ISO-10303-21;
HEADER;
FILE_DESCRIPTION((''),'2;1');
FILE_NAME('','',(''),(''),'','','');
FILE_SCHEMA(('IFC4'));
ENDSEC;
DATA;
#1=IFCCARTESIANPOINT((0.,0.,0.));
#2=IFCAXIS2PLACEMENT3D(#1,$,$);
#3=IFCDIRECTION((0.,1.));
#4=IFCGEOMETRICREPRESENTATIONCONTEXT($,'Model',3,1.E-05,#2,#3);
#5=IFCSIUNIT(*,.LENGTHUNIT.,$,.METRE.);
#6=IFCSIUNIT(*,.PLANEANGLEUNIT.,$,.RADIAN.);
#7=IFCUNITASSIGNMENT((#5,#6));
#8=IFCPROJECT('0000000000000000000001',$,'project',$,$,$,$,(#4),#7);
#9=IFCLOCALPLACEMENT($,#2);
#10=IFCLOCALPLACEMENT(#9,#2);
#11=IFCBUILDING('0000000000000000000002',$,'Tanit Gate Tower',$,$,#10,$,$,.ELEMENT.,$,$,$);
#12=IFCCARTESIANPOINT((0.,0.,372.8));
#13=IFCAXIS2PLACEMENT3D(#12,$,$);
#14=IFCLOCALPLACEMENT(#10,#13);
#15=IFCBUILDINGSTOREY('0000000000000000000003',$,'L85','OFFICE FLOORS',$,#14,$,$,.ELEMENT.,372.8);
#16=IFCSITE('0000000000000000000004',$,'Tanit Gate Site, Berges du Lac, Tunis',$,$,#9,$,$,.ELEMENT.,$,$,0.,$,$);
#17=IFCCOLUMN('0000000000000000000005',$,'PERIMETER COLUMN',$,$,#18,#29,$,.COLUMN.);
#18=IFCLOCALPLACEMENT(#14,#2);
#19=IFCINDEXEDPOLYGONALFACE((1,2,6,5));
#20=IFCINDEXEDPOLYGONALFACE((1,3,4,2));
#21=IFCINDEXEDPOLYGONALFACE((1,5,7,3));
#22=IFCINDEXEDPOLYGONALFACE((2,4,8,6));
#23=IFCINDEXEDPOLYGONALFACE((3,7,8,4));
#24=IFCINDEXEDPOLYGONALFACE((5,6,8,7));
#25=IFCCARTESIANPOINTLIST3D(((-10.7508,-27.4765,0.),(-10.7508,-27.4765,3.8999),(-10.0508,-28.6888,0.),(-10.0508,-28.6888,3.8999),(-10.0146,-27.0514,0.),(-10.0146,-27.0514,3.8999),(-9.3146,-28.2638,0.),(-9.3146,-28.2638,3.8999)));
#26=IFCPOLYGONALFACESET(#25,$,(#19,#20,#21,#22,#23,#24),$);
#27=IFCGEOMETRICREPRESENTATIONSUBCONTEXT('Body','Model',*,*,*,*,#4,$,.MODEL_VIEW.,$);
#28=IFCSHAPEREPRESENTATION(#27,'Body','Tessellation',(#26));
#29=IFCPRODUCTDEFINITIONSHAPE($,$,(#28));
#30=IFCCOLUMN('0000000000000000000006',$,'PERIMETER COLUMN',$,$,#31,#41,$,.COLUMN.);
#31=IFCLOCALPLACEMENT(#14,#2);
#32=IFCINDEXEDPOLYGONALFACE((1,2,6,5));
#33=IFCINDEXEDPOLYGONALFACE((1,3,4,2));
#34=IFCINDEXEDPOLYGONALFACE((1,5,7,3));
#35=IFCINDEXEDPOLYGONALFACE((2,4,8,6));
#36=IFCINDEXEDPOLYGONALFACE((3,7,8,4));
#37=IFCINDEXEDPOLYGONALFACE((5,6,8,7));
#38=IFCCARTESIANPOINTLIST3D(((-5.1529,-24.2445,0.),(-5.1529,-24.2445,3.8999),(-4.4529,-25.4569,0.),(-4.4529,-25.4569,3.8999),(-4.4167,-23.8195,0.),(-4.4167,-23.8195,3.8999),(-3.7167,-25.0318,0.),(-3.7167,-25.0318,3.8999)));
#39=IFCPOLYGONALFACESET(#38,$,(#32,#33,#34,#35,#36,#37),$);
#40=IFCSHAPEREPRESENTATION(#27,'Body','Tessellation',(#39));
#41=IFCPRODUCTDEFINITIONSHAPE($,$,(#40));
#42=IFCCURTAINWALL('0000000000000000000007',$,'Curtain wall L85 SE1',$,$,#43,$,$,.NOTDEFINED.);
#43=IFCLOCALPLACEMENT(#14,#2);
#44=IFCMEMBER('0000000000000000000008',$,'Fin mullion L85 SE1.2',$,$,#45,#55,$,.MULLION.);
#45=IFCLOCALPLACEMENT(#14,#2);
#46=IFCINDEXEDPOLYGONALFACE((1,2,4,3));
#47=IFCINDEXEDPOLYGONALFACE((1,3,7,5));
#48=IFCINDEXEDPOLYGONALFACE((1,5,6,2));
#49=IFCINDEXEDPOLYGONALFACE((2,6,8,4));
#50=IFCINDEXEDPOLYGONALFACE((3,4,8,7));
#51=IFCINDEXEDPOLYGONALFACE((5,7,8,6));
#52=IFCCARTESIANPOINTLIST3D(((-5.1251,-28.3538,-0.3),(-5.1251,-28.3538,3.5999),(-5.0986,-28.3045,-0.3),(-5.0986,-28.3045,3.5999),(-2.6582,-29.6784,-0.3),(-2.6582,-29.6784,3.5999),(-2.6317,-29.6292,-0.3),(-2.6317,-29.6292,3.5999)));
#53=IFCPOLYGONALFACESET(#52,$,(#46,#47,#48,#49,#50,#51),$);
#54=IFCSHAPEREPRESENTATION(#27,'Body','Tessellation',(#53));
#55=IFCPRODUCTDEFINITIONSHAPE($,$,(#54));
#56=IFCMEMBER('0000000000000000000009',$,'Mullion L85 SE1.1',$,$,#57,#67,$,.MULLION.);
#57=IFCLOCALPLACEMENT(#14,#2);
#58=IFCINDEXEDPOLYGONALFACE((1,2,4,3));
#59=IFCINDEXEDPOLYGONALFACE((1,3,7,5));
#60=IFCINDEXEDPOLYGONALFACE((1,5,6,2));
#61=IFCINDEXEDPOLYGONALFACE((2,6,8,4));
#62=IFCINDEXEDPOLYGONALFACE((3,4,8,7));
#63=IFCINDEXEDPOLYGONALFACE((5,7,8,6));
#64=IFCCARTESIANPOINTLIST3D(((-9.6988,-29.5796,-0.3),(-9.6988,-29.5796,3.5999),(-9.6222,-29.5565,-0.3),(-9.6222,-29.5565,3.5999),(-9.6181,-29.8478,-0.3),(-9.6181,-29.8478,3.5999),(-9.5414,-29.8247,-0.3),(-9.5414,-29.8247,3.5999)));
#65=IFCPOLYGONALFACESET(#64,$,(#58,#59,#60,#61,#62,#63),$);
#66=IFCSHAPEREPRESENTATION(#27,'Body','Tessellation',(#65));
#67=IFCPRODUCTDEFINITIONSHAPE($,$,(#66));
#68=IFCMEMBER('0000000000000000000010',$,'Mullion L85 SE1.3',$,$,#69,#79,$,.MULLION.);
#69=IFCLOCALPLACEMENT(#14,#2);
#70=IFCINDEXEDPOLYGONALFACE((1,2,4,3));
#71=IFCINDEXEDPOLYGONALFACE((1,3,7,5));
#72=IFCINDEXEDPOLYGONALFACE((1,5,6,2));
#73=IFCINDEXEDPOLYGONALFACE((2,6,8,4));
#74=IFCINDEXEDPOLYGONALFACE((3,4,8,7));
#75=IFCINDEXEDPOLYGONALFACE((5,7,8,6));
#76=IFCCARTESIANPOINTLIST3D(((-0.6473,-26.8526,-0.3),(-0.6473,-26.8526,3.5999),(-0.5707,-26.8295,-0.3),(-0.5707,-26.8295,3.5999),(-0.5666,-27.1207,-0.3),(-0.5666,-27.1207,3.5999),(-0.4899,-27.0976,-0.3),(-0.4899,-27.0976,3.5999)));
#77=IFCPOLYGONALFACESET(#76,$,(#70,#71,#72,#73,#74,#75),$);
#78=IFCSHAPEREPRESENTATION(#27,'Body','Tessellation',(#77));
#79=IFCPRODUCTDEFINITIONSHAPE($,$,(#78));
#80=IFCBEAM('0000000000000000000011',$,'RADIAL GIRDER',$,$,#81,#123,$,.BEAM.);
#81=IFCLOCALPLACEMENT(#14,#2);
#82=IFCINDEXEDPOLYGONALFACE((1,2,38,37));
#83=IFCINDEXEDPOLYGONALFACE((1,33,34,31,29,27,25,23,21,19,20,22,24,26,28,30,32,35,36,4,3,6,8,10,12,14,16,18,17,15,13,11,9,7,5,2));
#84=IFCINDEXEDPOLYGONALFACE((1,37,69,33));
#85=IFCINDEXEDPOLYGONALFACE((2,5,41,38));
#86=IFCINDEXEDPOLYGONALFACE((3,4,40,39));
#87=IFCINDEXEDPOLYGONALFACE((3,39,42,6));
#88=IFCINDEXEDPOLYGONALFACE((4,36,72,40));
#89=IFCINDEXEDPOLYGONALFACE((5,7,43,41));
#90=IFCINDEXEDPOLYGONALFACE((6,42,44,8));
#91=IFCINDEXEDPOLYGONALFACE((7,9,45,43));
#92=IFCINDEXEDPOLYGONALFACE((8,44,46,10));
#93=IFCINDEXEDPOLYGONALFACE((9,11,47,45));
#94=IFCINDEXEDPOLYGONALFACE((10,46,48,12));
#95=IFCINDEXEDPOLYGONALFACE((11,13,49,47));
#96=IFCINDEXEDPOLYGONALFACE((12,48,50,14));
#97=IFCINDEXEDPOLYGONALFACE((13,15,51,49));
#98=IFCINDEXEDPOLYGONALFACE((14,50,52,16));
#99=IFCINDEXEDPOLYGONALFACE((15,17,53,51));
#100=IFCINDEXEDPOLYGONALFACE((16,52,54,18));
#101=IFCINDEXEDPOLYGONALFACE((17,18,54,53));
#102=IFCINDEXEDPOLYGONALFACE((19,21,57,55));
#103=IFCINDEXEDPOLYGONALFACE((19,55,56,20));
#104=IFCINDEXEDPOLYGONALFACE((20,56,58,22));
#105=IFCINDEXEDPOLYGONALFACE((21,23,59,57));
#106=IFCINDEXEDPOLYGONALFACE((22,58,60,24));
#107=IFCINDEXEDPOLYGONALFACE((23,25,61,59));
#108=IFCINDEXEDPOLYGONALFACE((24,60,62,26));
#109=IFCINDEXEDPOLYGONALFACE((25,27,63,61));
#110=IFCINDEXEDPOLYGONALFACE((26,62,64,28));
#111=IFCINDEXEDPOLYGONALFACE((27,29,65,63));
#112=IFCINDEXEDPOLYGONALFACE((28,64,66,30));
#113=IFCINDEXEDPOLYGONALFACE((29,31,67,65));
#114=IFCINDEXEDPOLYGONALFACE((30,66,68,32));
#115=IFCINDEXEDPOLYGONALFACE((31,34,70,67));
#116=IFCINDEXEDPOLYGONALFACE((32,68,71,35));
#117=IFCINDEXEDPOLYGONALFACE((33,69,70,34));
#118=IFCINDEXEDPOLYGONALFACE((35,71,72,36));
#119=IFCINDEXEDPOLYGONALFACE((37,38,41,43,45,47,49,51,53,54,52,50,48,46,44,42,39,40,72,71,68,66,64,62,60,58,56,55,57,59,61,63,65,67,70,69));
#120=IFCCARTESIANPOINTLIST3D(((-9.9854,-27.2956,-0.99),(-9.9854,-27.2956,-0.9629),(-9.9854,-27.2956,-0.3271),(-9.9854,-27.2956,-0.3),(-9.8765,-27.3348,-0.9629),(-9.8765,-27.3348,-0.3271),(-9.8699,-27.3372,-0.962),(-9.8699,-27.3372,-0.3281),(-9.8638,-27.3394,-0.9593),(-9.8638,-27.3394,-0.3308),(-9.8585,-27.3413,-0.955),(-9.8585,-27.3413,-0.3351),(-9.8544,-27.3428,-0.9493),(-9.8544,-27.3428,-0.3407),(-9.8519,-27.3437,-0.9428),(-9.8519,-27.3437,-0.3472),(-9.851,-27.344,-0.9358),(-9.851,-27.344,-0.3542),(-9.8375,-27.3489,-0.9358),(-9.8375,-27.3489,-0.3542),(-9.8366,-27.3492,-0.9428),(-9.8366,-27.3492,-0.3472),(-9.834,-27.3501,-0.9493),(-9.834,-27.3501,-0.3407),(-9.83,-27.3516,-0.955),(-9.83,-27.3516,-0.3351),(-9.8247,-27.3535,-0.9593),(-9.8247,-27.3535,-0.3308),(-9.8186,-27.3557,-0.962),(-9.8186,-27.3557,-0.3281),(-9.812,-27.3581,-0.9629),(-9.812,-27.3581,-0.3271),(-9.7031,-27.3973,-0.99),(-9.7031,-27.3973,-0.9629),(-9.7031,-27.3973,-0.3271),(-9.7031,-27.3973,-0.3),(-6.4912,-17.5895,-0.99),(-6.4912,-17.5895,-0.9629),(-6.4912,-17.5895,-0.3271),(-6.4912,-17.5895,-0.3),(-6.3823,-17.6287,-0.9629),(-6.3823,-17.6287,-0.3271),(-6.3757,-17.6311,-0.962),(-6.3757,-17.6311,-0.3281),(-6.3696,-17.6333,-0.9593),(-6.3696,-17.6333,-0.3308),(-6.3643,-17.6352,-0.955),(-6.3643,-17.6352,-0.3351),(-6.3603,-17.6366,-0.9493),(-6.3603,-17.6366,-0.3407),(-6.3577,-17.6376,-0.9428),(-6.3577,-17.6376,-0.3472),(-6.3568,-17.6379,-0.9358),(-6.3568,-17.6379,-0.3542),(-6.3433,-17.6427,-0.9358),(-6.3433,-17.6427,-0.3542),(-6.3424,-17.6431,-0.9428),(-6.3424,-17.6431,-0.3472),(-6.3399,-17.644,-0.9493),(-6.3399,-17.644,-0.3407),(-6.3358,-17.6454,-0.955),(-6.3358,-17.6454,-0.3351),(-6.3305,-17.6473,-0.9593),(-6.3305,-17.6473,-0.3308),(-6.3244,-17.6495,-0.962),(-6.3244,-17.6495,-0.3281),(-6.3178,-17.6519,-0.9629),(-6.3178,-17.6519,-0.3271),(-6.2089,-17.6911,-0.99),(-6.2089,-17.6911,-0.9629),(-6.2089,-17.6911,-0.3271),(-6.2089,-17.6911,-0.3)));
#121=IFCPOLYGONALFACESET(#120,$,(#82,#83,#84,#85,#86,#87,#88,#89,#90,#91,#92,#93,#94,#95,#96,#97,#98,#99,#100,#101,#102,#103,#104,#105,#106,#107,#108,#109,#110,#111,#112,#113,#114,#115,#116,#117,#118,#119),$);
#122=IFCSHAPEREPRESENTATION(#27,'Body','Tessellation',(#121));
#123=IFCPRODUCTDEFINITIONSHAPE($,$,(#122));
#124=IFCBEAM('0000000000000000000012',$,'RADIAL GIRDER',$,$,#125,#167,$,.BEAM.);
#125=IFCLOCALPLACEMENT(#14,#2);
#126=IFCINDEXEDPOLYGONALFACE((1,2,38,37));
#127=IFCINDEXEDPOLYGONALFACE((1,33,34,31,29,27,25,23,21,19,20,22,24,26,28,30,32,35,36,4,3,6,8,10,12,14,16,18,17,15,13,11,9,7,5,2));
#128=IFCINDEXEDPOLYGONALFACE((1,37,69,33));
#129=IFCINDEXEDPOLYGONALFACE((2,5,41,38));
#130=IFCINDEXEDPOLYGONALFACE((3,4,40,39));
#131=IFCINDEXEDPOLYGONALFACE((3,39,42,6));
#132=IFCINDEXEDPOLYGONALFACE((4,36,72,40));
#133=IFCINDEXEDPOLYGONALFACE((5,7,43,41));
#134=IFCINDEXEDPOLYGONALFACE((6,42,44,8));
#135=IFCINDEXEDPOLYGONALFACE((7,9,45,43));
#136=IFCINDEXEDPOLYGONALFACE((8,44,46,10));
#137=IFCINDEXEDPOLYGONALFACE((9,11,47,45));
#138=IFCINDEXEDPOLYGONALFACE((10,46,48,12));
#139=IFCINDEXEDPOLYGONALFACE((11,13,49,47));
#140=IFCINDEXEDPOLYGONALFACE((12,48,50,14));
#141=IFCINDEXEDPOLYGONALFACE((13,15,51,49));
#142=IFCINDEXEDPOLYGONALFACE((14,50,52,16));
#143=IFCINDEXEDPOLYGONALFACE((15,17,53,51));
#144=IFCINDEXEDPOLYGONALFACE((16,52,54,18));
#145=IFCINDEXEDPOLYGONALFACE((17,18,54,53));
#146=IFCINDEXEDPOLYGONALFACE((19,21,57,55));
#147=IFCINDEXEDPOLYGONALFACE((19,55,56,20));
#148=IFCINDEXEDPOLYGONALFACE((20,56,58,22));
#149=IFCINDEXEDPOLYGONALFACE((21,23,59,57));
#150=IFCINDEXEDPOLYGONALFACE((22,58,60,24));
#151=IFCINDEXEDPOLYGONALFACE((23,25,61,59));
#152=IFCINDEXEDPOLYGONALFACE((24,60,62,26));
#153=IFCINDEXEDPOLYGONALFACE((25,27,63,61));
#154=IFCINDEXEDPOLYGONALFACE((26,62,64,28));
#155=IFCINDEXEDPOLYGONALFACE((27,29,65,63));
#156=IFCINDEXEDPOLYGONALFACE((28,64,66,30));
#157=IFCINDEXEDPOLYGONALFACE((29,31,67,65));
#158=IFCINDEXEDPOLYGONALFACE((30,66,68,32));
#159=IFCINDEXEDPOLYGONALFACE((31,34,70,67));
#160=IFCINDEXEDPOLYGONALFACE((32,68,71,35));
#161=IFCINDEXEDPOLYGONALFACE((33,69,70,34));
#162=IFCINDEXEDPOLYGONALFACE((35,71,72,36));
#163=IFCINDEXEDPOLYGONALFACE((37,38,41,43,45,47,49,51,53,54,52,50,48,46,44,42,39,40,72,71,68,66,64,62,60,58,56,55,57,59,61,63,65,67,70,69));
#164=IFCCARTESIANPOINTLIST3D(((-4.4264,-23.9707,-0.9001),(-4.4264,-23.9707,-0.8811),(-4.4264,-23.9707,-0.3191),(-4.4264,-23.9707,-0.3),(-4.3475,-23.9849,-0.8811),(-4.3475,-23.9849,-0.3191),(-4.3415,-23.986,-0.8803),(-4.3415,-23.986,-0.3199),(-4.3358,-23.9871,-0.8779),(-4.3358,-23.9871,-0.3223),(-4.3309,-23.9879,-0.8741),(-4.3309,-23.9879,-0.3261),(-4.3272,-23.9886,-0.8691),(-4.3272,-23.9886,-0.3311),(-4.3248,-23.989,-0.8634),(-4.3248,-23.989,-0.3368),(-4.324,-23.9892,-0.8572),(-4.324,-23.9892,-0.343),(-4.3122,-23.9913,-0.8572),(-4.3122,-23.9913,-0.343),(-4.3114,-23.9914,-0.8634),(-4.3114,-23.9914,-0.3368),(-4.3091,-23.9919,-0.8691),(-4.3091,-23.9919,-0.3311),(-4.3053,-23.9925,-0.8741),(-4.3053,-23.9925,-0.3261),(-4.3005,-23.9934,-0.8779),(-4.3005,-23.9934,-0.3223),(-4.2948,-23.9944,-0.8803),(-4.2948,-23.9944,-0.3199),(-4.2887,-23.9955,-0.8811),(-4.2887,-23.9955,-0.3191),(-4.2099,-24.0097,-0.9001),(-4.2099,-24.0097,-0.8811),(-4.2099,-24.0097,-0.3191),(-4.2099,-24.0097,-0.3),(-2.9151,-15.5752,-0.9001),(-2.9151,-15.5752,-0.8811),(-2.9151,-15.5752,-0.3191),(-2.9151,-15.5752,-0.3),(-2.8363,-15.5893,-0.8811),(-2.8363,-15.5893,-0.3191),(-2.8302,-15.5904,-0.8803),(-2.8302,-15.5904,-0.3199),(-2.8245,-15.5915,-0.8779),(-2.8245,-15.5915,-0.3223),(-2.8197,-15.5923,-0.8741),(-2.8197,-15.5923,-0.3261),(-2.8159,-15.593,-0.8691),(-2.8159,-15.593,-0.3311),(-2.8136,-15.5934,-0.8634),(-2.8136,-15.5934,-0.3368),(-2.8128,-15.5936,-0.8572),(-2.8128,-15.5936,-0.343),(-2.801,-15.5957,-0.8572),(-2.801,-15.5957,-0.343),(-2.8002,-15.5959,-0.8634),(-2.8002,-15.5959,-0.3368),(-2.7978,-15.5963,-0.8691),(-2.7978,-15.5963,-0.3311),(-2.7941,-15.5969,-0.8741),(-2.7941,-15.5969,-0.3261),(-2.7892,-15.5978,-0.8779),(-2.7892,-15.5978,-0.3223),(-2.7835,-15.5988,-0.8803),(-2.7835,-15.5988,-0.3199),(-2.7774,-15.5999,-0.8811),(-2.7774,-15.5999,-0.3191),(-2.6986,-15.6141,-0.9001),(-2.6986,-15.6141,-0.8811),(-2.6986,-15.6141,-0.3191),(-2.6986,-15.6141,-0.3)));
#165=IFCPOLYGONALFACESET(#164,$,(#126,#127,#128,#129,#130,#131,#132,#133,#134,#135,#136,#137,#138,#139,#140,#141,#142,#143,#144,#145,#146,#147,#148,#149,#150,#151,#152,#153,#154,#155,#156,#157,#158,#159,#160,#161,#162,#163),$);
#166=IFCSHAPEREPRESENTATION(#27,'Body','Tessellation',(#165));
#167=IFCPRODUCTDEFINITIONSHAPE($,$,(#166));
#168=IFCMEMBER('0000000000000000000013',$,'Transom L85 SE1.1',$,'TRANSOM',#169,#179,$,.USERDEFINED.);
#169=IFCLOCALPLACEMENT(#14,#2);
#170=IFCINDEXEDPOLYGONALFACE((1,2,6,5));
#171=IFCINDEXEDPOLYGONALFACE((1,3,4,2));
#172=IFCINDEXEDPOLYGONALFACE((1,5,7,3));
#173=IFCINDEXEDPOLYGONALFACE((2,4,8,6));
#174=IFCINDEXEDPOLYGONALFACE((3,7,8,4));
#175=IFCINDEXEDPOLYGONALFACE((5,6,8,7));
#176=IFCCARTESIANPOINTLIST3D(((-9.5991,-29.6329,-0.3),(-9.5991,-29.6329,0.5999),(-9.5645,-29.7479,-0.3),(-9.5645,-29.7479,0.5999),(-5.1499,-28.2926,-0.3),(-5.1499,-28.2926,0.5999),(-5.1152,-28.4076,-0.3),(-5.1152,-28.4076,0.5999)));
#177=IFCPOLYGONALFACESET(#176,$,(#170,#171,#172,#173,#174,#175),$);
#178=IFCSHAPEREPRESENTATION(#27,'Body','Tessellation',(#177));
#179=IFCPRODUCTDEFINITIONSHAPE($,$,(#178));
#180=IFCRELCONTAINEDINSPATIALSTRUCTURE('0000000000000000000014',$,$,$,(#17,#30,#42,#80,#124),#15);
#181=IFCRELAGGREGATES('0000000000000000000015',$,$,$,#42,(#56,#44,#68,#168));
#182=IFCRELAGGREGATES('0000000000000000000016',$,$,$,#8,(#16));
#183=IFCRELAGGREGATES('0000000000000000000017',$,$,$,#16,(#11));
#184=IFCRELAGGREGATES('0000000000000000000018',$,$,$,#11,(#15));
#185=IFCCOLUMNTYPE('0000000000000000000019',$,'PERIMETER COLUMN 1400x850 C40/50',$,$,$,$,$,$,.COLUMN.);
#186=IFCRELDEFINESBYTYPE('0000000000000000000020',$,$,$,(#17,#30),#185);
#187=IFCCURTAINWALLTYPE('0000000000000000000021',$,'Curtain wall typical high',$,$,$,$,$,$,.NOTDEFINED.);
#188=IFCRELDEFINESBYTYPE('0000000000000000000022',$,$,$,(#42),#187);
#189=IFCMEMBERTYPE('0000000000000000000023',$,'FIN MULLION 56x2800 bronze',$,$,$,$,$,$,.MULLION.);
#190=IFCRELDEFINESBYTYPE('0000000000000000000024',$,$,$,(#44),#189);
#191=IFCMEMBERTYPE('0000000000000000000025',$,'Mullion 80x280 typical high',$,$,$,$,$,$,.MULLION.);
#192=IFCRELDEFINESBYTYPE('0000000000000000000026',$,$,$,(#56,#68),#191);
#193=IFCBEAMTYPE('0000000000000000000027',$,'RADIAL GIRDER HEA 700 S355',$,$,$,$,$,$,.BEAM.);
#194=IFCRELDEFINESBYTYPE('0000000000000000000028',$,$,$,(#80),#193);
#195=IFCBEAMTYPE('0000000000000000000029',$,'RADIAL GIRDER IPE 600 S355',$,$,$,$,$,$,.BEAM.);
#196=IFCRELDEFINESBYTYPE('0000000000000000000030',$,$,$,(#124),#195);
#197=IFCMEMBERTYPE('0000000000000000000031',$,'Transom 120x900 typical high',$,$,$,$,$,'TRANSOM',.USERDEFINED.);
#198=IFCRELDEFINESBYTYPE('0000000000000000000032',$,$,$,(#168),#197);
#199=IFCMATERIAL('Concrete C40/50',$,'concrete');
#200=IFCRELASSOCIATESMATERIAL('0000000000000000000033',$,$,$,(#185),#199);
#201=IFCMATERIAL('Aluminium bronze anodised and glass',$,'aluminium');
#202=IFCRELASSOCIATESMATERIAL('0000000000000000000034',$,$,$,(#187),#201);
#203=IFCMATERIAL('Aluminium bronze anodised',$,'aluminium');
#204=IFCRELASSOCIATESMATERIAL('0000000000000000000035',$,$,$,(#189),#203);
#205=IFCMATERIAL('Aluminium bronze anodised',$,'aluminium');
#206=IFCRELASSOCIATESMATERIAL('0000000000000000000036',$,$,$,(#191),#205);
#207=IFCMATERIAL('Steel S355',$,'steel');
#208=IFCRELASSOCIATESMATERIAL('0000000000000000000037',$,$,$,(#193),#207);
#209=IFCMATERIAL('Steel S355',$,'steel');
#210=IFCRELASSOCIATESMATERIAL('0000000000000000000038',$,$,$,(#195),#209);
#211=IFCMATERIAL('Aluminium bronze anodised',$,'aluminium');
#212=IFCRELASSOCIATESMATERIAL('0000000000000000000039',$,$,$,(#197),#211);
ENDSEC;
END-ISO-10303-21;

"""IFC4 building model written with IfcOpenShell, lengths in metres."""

from ifc_helpers import new_model, si_unit, direction, frame, origin, origin_2d, place, context, subcontext, project, spatial, rectangle, i_section, extrude, material, material_profile, profile_set, type_object, element, aggregate, save


model = new_model("IFC4")

# Units and contexts
model_context = context("Model", 3, precision=1e-05, world=origin(), true_north=direction((0.0, 1.0)))
body_context = subcontext(model_context, "Body", "Model", "MODEL_VIEW")
ifc_project = project(units=[si_unit("LENGTHUNIT", "METRE"), si_unit("PLANEANGLEUNIT", "RADIAN")], contexts=[model_context])

# Site, building, storey
site_placement = place(None, origin())
site = spatial("IfcSite", under=ifc_project, at=site_placement, Name="Tanit Gate Site, Berges du Lac, Tunis", CompositionType="ELEMENT", RefElevation=0.0)
building_placement = place(site_placement, origin())
building = spatial("IfcBuilding", under=site, at=building_placement, Name="Tanit Gate Tower", CompositionType="ELEMENT")
storey_placement = place(building_placement, frame((0.0, 0.0, 372.8)))
storey = spatial("IfcBuildingStorey", under=building, at=storey_placement, Name="L85", Description="OFFICE FLOORS", CompositionType="ELEMENT", Elevation=372.8)

# Columns
ifc_material_1 = material(Name="Concrete C40/50", Category="concrete")
ifc_material_profile_1 = material_profile(ifc_material_1, rectangle(XDim=1.3999, YDim=0.8501, at=origin_2d()), Name="RC 1400x850")
ifc_profile_set_1 = profile_set([ifc_material_profile_1], Name="Concrete C40/50")
column_type = type_object("IfcColumnType", Name="PERIMETER COLUMN 1400x850 C40/50", PredefinedType="COLUMN", material=ifc_profile_set_1)
for number, where, z_axis, x_axis, name in (
    (1, (-10.0327, -27.8701, 0.0), (0.0, 0.0, 1.0), (0.5, -0.866025, 0.0), "PERIMETER COLUMN"),
    (2, (-4.4348, -24.6382, 0.0), (0.0, 0.0, 1.0), (0.5, -0.866025, 0.0), "PERIMETER COLUMN"),
):
    element("IfcColumn", number, at=place(storey_placement, frame(where, z_axis=z_axis, x_axis=x_axis)), inside=storey, type_object=column_type, Name=name, PredefinedType="COLUMN", context=body_context, shape_type="SweptSolid", body=[
        extrude(rectangle(XDim=1.3999, YDim=0.8501, at=origin_2d()), origin(), (0.0, 0.0, 1.0), 3.8999),
    ])

# Curtain wall, members
ifc_material_2 = material(Name="Aluminium bronze anodised and glass", Category="aluminium")
curtain_wall_type = type_object("IfcCurtainWallType", Name="Curtain wall typical high", PredefinedType="NOTDEFINED", material=ifc_material_2)
curtain_wall_1_placement = place(storey_placement, origin())
curtain_wall_1 = element("IfcCurtainWall", 3, at=curtain_wall_1_placement, inside=storey, type_object=curtain_wall_type, Name="Curtain wall L85 SE1", PredefinedType="NOTDEFINED")
ifc_material_3 = material(Name="Aluminium bronze anodised", Category="aluminium")
ifc_material_profile_2 = material_profile(ifc_material_3, rectangle(XDim=2.8, YDim=0.0559, at=origin_2d()), Name="56x2800 bronze fin mullion")
ifc_profile_set_2 = profile_set([ifc_material_profile_2], Name="Aluminium bronze anodised")
member_type_1 = type_object("IfcMemberType", Name="FIN MULLION 56x2800 bronze", PredefinedType="MULLION", material=ifc_profile_set_2)
member_1_placement = place(storey_placement, frame((-3.8784, -28.9915, -0.3), z_axis=(0.0, 0.0, 1.0), x_axis=(-0.881019, 0.47308, 0.0)))
member_1 = element("IfcMember", 4, at=member_1_placement, type_object=member_type_1, Name="Fin mullion L85 SE1.2", PredefinedType="MULLION", context=body_context, shape_type="SweptSolid", body=[
    extrude(rectangle(XDim=2.8, YDim=0.0559, at=origin_2d()), origin(), (0.0, 0.0, 1.0), 3.8999),
])
ifc_material_4 = material(Name="Aluminium bronze anodised", Category="aluminium")
ifc_material_profile_3 = material_profile(ifc_material_4, rectangle(XDim=0.28, YDim=0.0801, at=origin_2d()), Name="80x280 bronze mullion")
ifc_profile_set_3 = profile_set([ifc_material_profile_3], Name="Aluminium bronze anodised")
member_type_2 = type_object("IfcMemberType", Name="Mullion 80x280 typical high", PredefinedType="MULLION", material=ifc_profile_set_3)
member_2_placement = place(storey_placement, frame((-9.6201, -29.7021, -0.3), z_axis=(0.0, 0.0, 1.0), x_axis=(-0.288456, 0.957493, 0.0)))
member_2 = element("IfcMember", 5, at=member_2_placement, type_object=member_type_2, Name="Mullion L85 SE1.1", PredefinedType="MULLION", context=body_context, shape_type="SweptSolid", body=[
    extrude(rectangle(XDim=0.28, YDim=0.0801, at=origin_2d()), origin(), (0.0, 0.0, 1.0), 3.8999),
])
member_3_placement = place(storey_placement, frame((-0.5686, -26.9751, -0.3), z_axis=(0.0, 0.0, 1.0), x_axis=(-0.288456, 0.957493, 0.0)))
member_3 = element("IfcMember", 6, at=member_3_placement, type_object=member_type_2, Name="Mullion L85 SE1.3", PredefinedType="MULLION", context=body_context, shape_type="SweptSolid", body=[
    extrude(rectangle(XDim=0.28, YDim=0.0801, at=origin_2d()), origin(), (0.0, 0.0, 1.0), 3.8999),
])

# Beams
ifc_material_5 = material(Name="Steel S355", Category="steel")
ifc_material_profile_4 = material_profile(ifc_material_5, i_section(OverallWidth=0.3, OverallDepth=0.6899, WebThickness=0.0144, FlangeThickness=0.0271, FilletRadius=0.0271, at=origin_2d()), Name="HEA 700")
ifc_profile_set_4 = profile_set([ifc_material_profile_4], Name="Steel S355")
beam_type_1 = type_object("IfcBeamType", Name="RADIAL GIRDER HEA 700 S355", PredefinedType="BEAM", material=ifc_profile_set_4)
beam_1_placement = place(storey_placement, frame((-9.8442, -27.3464, -0.645), z_axis=(0.338716, 0.940889, 0.0), x_axis=(-0.940889, 0.338716, 0.0)))
element("IfcBeam", 7, at=beam_1_placement, inside=storey, type_object=beam_type_1, Name="RADIAL GIRDER", PredefinedType="BEAM", context=body_context, shape_type="SweptSolid", body=[
    extrude(i_section(OverallWidth=0.3, OverallDepth=0.6899, WebThickness=0.0144, FlangeThickness=0.0271, FilletRadius=0.0271, at=origin_2d()), origin(), (0.0, 0.0, 1.0), 10.3159),
])
ifc_material_6 = material(Name="Steel S355", Category="steel")
ifc_material_profile_5 = material_profile(ifc_material_6, i_section(OverallWidth=0.22, OverallDepth=0.6001, WebThickness=0.012, FlangeThickness=0.019, FilletRadius=0.0239, at=origin_2d()), Name="IPE 600")
ifc_profile_set_5 = profile_set([ifc_material_profile_5], Name="Steel S355")
beam_type_2 = type_object("IfcBeamType", Name="RADIAL GIRDER IPE 600 S355", PredefinedType="BEAM", material=ifc_profile_set_5)
beam_2_placement = place(storey_placement, frame((-4.3181, -23.9902, -0.6001), z_axis=(0.177157, 0.984183, 0.0), x_axis=(-0.984183, 0.177157, 0.0)))
element("IfcBeam", 8, at=beam_2_placement, inside=storey, type_object=beam_type_2, Name="RADIAL GIRDER", PredefinedType="BEAM", context=body_context, shape_type="SweptSolid", body=[
    extrude(i_section(OverallWidth=0.22, OverallDepth=0.6001, WebThickness=0.012, FlangeThickness=0.019, FilletRadius=0.0239, at=origin_2d()), origin(), (0.0, 0.0, 1.0), 8.5305),
])

# Member
ifc_material_7 = material(Name="Aluminium bronze anodised", Category="aluminium")
ifc_material_profile_6 = material_profile(ifc_material_7, rectangle(XDim=0.1201, YDim=0.8999, at=origin_2d()), Name="120x900 bronze transom")
ifc_profile_set_6 = profile_set([ifc_material_profile_6], Name="Aluminium bronze anodised")
member_type_3 = type_object("IfcMemberType", Name="Transom 120x900 typical high", ElementType="TRANSOM", PredefinedType="USERDEFINED", material=ifc_profile_set_6)
member_4_placement = place(storey_placement, frame((-9.5818, -29.6904, 0.1499), z_axis=(0.957496, 0.288447, 0.0), x_axis=(-0.288447, 0.957496, 0.0)))
member_4 = element("IfcMember", 9, at=member_4_placement, type_object=member_type_3, Name="Transom L85 SE1.1", ObjectType="TRANSOM", PredefinedType="USERDEFINED", context=body_context, shape_type="SweptSolid", body=[
    extrude(rectangle(XDim=0.1201, YDim=0.8999, at=origin_2d()), origin(), (0.0, 0.0, 1.0), 4.6467),
])

aggregate(curtain_wall_1, [member_2, member_1, member_3, member_4])

save(model, "model.ifc")
